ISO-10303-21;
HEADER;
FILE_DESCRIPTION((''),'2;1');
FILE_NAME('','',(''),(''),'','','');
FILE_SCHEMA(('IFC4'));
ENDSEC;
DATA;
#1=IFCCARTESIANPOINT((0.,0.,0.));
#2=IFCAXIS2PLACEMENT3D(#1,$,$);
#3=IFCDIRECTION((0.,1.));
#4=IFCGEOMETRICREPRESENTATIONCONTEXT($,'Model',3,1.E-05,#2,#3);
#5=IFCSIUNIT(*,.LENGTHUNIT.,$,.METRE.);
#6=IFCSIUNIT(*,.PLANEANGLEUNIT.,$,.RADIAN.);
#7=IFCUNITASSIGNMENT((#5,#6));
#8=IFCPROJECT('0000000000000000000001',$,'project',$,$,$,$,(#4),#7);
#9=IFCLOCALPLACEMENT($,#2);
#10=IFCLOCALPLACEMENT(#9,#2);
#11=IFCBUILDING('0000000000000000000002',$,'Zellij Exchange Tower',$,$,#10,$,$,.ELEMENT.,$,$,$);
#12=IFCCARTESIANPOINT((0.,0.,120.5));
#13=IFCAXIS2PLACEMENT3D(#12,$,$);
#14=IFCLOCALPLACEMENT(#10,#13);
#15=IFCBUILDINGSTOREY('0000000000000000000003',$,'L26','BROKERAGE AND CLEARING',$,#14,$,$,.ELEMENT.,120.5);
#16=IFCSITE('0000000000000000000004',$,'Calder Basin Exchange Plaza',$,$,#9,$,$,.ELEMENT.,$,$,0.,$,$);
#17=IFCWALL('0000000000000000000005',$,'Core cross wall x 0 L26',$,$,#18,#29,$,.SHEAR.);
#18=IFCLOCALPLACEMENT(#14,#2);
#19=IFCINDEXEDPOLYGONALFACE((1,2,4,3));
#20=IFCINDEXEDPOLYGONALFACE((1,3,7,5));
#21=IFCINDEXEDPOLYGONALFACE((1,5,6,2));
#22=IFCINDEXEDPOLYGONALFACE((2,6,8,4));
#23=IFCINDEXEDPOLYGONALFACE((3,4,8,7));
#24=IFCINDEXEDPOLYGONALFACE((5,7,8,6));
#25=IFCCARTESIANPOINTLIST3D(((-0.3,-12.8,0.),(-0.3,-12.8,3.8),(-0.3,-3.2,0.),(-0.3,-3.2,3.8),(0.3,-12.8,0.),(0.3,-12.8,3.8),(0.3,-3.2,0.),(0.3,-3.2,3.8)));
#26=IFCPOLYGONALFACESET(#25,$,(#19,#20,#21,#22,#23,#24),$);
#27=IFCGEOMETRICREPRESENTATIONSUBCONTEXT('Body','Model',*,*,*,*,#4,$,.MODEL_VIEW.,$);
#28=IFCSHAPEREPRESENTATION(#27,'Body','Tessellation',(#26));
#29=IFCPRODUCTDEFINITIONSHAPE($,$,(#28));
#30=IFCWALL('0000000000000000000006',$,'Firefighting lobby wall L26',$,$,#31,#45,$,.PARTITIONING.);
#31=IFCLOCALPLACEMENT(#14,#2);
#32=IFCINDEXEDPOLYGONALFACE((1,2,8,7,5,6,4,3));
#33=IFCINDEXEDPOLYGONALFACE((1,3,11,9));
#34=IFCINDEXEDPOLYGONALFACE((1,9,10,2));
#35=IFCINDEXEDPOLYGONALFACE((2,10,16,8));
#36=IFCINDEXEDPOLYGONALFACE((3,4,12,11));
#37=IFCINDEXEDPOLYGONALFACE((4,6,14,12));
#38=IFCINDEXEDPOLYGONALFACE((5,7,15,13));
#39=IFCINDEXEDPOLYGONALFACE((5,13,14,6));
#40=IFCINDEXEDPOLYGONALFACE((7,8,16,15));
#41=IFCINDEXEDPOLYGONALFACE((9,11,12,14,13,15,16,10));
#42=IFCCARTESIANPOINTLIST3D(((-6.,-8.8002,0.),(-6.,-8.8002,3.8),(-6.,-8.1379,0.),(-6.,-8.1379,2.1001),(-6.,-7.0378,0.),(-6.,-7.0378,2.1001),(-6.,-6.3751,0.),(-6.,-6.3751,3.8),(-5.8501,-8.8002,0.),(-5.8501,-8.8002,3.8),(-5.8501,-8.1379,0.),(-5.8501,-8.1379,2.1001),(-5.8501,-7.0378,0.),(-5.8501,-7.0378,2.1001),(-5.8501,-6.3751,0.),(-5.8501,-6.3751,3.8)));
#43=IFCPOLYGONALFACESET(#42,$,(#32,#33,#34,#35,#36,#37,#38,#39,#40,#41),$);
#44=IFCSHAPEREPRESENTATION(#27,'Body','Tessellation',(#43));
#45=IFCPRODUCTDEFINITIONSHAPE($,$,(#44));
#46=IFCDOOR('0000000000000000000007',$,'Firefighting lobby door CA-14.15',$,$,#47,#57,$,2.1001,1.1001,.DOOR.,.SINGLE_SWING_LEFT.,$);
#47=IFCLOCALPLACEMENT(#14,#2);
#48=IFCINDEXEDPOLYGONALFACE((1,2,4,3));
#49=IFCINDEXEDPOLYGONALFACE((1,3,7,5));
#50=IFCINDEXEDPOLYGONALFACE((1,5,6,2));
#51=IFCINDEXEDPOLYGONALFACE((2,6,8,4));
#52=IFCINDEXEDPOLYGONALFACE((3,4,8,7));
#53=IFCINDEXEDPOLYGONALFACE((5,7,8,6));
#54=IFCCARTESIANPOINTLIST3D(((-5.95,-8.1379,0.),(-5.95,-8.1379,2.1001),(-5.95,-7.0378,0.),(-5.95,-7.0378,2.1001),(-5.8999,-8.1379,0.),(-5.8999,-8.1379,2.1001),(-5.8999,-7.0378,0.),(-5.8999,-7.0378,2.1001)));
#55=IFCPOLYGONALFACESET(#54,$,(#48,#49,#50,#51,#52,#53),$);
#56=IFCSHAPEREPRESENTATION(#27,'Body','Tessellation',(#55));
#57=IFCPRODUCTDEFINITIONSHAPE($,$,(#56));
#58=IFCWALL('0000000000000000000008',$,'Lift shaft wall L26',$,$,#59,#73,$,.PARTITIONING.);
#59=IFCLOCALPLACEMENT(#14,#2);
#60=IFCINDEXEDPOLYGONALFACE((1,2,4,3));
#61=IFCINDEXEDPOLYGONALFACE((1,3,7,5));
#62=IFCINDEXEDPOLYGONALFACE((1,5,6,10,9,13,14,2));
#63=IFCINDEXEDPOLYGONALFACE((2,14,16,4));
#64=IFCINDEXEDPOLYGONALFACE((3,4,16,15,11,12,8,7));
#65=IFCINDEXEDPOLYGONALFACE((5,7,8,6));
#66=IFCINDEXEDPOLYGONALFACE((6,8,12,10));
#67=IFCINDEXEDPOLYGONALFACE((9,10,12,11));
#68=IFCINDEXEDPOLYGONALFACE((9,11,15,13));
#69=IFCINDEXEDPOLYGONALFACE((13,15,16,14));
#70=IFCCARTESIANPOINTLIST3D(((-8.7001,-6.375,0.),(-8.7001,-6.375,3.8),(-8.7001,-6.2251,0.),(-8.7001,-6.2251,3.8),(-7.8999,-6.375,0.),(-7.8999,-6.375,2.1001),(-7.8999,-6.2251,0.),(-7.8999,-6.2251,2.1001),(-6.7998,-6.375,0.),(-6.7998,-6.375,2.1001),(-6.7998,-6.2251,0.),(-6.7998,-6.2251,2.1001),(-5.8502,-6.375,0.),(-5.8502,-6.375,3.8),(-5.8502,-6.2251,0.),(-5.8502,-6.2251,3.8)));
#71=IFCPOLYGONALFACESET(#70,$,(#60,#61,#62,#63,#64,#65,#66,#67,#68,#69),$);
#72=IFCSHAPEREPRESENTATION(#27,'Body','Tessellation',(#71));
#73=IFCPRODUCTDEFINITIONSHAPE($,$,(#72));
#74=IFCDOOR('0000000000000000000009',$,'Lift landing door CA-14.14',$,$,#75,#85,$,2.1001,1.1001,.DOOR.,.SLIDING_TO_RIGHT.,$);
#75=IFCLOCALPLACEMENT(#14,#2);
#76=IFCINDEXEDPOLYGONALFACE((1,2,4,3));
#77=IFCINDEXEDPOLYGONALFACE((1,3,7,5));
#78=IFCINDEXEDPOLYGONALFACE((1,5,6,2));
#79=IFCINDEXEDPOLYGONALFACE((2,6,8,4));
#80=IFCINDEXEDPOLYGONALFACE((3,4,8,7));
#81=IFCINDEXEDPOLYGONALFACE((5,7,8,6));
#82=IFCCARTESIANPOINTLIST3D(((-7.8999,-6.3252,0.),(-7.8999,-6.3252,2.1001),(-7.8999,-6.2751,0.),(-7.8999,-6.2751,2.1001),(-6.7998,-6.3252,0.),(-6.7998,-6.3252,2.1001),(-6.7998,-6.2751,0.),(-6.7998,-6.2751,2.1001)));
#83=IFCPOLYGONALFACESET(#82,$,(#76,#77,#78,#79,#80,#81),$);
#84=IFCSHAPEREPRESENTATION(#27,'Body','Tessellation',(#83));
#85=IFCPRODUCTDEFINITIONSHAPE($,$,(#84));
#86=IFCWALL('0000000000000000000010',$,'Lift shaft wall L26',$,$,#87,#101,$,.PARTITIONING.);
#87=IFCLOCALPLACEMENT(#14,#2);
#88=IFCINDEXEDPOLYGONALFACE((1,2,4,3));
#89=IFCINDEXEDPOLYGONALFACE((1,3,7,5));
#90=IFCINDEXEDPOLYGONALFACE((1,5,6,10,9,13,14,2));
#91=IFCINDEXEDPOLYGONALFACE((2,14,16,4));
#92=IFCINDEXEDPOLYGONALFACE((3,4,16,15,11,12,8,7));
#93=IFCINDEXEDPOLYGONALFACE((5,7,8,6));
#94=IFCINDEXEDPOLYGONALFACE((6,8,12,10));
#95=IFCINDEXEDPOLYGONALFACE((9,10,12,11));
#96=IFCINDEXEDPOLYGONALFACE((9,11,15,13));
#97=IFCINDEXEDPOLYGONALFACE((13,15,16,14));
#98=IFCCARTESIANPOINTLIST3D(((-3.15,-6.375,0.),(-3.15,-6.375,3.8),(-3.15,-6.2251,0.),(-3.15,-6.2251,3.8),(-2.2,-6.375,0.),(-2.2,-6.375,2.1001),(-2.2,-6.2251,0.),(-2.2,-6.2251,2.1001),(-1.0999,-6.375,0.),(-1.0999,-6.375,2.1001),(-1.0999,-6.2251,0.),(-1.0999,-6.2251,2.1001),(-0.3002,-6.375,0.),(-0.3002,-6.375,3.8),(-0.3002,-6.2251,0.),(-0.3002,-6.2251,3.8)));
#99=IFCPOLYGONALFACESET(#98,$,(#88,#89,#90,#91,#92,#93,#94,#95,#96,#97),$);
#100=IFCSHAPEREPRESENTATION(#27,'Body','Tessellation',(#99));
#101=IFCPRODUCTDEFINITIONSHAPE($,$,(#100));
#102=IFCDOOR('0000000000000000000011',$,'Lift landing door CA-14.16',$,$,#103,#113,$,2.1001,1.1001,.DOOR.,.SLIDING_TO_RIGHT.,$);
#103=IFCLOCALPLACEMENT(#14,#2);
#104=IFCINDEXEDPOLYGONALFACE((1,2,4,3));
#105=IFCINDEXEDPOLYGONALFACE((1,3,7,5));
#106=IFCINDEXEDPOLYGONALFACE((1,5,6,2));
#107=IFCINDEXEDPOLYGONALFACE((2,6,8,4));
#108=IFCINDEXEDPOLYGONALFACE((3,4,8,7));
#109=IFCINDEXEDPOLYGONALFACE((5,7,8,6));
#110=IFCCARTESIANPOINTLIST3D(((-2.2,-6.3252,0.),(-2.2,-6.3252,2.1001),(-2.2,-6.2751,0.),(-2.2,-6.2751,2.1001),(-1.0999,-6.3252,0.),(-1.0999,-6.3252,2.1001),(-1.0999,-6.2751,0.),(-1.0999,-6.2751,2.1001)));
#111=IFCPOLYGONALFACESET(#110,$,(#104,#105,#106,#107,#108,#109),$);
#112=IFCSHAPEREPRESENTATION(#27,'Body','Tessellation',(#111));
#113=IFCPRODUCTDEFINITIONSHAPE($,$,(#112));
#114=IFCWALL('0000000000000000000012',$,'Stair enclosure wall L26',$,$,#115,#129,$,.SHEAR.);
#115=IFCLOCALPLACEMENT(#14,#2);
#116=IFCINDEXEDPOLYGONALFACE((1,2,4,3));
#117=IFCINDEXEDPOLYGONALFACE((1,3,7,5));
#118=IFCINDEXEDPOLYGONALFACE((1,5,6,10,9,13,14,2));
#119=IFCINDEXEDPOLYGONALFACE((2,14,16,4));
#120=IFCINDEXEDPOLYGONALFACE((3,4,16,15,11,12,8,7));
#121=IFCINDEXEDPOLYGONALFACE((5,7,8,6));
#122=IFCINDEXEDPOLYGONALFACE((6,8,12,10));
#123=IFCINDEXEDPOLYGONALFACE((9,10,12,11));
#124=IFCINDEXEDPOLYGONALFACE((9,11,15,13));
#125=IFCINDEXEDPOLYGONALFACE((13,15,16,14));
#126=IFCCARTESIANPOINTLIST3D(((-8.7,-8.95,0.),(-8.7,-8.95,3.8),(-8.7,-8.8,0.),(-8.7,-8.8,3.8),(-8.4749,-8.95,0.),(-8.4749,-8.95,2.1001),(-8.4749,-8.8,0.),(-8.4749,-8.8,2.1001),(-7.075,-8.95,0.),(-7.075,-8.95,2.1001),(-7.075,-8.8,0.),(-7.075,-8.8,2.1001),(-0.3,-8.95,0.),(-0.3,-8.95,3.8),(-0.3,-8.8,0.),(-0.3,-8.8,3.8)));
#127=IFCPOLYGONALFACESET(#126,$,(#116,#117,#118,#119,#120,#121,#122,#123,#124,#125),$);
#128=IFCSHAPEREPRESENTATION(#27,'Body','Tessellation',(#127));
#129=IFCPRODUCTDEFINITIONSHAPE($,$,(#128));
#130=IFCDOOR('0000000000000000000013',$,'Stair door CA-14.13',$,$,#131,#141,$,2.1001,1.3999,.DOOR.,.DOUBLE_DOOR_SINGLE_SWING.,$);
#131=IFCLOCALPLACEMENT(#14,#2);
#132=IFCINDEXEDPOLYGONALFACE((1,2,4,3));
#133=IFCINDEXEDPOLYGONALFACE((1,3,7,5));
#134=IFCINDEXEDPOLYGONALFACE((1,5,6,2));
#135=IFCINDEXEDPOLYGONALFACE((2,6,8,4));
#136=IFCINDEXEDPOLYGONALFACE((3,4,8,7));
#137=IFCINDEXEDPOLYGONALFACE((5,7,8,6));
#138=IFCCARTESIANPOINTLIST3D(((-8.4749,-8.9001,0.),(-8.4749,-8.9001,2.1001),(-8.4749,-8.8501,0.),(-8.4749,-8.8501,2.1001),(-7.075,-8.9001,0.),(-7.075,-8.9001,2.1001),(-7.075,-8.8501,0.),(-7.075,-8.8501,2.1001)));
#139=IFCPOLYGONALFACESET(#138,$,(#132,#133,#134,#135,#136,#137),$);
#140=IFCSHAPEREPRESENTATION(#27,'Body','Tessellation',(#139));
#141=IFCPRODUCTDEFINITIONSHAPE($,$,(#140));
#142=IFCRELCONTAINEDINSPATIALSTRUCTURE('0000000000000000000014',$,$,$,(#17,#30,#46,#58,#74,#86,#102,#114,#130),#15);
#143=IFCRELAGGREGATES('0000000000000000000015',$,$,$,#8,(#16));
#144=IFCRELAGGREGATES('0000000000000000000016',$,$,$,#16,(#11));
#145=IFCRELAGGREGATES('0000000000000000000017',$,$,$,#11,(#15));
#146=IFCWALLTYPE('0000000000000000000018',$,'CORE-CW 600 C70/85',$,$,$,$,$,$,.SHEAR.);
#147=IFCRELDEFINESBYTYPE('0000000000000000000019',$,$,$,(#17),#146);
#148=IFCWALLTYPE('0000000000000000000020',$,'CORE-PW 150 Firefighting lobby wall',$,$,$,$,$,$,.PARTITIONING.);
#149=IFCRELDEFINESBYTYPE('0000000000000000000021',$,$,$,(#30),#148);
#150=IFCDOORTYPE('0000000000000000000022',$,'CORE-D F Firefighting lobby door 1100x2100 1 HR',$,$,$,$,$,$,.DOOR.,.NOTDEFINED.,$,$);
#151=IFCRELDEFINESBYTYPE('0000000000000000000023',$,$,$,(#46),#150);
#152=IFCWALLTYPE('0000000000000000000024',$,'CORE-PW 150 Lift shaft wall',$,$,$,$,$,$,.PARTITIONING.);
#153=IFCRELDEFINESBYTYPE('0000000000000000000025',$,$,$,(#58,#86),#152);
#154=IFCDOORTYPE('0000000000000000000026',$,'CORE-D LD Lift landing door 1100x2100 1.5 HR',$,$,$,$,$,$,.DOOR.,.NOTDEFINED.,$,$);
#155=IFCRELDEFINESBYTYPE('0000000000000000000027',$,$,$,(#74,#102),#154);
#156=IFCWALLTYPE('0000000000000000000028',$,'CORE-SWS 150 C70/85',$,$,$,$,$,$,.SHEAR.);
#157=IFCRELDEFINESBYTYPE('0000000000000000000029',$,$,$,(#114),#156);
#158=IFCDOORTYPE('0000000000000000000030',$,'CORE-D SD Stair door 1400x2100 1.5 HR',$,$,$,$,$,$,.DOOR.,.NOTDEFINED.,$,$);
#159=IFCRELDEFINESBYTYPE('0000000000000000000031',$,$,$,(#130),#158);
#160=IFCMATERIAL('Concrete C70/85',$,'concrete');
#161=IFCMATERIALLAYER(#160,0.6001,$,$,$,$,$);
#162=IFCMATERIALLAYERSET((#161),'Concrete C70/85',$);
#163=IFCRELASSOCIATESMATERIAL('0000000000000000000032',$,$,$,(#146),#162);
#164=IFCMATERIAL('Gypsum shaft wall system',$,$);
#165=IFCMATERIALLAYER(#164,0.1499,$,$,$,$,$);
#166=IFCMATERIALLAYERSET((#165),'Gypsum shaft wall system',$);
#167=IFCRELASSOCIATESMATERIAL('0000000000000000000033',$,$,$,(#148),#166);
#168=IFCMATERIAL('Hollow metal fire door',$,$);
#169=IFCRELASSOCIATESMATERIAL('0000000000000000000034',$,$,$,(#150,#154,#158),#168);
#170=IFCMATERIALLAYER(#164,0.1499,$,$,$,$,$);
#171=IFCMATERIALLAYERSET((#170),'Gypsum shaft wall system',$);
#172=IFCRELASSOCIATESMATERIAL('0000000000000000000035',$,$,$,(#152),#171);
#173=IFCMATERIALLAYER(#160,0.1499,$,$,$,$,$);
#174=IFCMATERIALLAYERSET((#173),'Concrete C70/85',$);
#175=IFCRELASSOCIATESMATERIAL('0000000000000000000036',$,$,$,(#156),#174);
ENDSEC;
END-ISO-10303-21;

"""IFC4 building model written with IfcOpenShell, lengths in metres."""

from ifc_helpers import new_model, si_unit, direction, frame, frame_2d, origin, place, context, subcontext, project, spatial, rectangle, extrude, material, layer, layer_set, type_object, element, fill, save


model = new_model("IFC4")

# Units and contexts
model_context = context("Model", 3, precision=1e-05, world=origin(), true_north=direction((0.0, 1.0)))
body_context = subcontext(model_context, "Body", "Model", "MODEL_VIEW")
ifc_project = project(units=[si_unit("LENGTHUNIT", "METRE"), si_unit("PLANEANGLEUNIT", "RADIAN")], contexts=[model_context])

# Site, building, storey
site_placement = place(None, origin())
site = spatial("IfcSite", under=ifc_project, at=site_placement, Name="Calder Basin Exchange Plaza", CompositionType="ELEMENT", RefElevation=0.0)
building_placement = place(site_placement, origin())
building = spatial("IfcBuilding", under=site, at=building_placement, Name="Zellij Exchange Tower", CompositionType="ELEMENT")
storey_placement = place(building_placement, frame((0.0, 0.0, 120.5)))
storey = spatial("IfcBuildingStorey", under=building, at=storey_placement, Name="L26", Description="BROKERAGE AND CLEARING", CompositionType="ELEMENT", Elevation=120.5)

# Shared definitions
ifc_material_1 = material(Name="Concrete C70/85", Category="concrete")

# Wall
ifc_layer_1 = layer(ifc_material_1, 0.6001)
ifc_layer_set_1 = layer_set([ifc_layer_1], Name="Concrete C70/85")
wall_type_1 = type_object("IfcWallType", Name="CORE-CW 600 C70/85", PredefinedType="SHEAR", material=ifc_layer_set_1)
wall_1_placement = place(storey_placement, frame((0.0, -12.8, 0.0), z_axis=(0.0, 0.0, 1.0), x_axis=(0.0, 1.0, 0.0)))
element("IfcWall", 1, at=wall_1_placement, inside=storey, type_object=wall_type_1, Name="Core cross wall x 0 L26", PredefinedType="SHEAR", context=body_context, shape_type="SweptSolid", body=[
    extrude(rectangle(XDim=9.6001, YDim=0.6001, at=frame_2d((4.8, 0.0))), origin(), (0.0, 0.0, 1.0), 3.8),
])

# Walls, openings, doors
ifc_material_2 = material(Name="Gypsum shaft wall system")
ifc_layer_2 = layer(ifc_material_2, 0.1499)
ifc_layer_set_2 = layer_set([ifc_layer_2], Name="Gypsum shaft wall system")
wall_type_2 = type_object("IfcWallType", Name="CORE-PW 150 Firefighting lobby wall", PredefinedType="PARTITIONING", material=ifc_layer_set_2)
wall_2_placement = place(storey_placement, frame((-5.925, -8.8, 0.0), z_axis=(0.0, 0.0, 1.0), x_axis=(0.0, 1.0, 0.0)))
wall_2 = element("IfcWall", 2, at=wall_2_placement, inside=storey, type_object=wall_type_2, Name="Firefighting lobby wall L26", PredefinedType="PARTITIONING", context=body_context, shape_type="SweptSolid", body=[
    extrude(rectangle(XDim=2.425, YDim=0.1499, at=frame_2d((1.2124, 0.0))), origin(), (0.0, 0.0, 1.0), 3.8),
])
opening_1_placement = place(wall_2_placement, frame((0.6621, 0.0, 0.0)))
opening_1 = element("IfcOpeningElement", 3, at=opening_1_placement, cuts=wall_2, PredefinedType="OPENING", context=body_context, shape_type="SweptSolid", body=[
    extrude(rectangle(XDim=1.1001, YDim=2.1001, at=frame_2d((0.55, 1.05))), frame((0.0, 0.0869, 0.0), z_axis=(0.0, -1.0, 0.0), x_axis=(1.0, 0.0, 0.0)), (0.0, 0.0, 1.0), 0.1738),
])
ifc_material_3 = material(Name="Hollow metal fire door")
door_type_1 = type_object("IfcDoorType", Name="CORE-D F Firefighting lobby door 1100x2100 1 HR", OperationType="NOTDEFINED", PredefinedType="DOOR", material=ifc_material_3)
door_1_placement = place(opening_1_placement, origin())
door_1 = element("IfcDoor", 4, at=door_1_placement, inside=storey, type_object=door_type_1, Name="Firefighting lobby door CA-14.15", OperationType="SINGLE_SWING_LEFT", OverallHeight=2.1001, OverallWidth=1.1001, PredefinedType="DOOR", context=body_context, shape_type="SweptSolid", body=[
    extrude(rectangle(XDim=1.1001, YDim=2.1001, at=frame_2d((0.55, 1.05))), frame((0.0, 0.0249, 0.0), z_axis=(0.0, -1.0, 0.0), x_axis=(1.0, 0.0, 0.0)), (0.0, 0.0, 1.0), 0.05),
])
fill(opening_1, door_1)
ifc_layer_3 = layer(ifc_material_2, 0.1499)
ifc_layer_set_3 = layer_set([ifc_layer_3], Name="Gypsum shaft wall system")
wall_type_3 = type_object("IfcWallType", Name="CORE-PW 150 Lift shaft wall", PredefinedType="PARTITIONING", material=ifc_layer_set_3)
wall_3_placement = place(storey_placement, frame((-8.7, -6.3, 0.0), z_axis=(0.0, 0.0, 1.0), x_axis=(1.0, 0.0, 0.0)))
wall_3 = element("IfcWall", 5, at=wall_3_placement, inside=storey, type_object=wall_type_3, Name="Lift shaft wall L26", PredefinedType="PARTITIONING", context=body_context, shape_type="SweptSolid", body=[
    extrude(rectangle(XDim=2.8499, YDim=0.1499, at=frame_2d((1.4248, 0.0))), origin(), (0.0, 0.0, 1.0), 3.8),
])
opening_2_placement = place(wall_3_placement, frame((0.8, 0.0, 0.0)))
opening_2 = element("IfcOpeningElement", 6, at=opening_2_placement, cuts=wall_3, PredefinedType="OPENING", context=body_context, shape_type="SweptSolid", body=[
    extrude(rectangle(XDim=1.1001, YDim=2.1001, at=frame_2d((0.55, 1.05))), frame((0.0, 0.0869, 0.0), z_axis=(0.0, -1.0, 0.0), x_axis=(1.0, 0.0, 0.0)), (0.0, 0.0, 1.0), 0.1738),
])
door_type_2 = type_object("IfcDoorType", Name="CORE-D LD Lift landing door 1100x2100 1.5 HR", OperationType="NOTDEFINED", PredefinedType="DOOR", material=ifc_material_3)
door_2_placement = place(opening_2_placement, origin())
door_2 = element("IfcDoor", 7, at=door_2_placement, inside=storey, type_object=door_type_2, Name="Lift landing door CA-14.14", OperationType="SLIDING_TO_RIGHT", OverallHeight=2.1001, OverallWidth=1.1001, PredefinedType="DOOR", context=body_context, shape_type="SweptSolid", body=[
    extrude(rectangle(XDim=1.1001, YDim=2.1001, at=frame_2d((0.55, 1.05))), frame((0.0, 0.0249, 0.0), z_axis=(0.0, -1.0, 0.0), x_axis=(1.0, 0.0, 0.0)), (0.0, 0.0, 1.0), 0.05),
])
fill(opening_2, door_2)
wall_4_placement = place(storey_placement, frame((-3.1499, -6.3, 0.0), z_axis=(0.0, 0.0, 1.0), x_axis=(1.0, 0.0, 0.0)))
wall_4 = element("IfcWall", 8, at=wall_4_placement, inside=storey, type_object=wall_type_3, Name="Lift shaft wall L26", PredefinedType="PARTITIONING", context=body_context, shape_type="SweptSolid", body=[
    extrude(rectangle(XDim=2.8499, YDim=0.1499, at=frame_2d((1.4248, 0.0))), origin(), (0.0, 0.0, 1.0), 3.8),
])
opening_3_placement = place(wall_4_placement, frame((0.95, 0.0, 0.0)))
opening_3 = element("IfcOpeningElement", 9, at=opening_3_placement, cuts=wall_4, PredefinedType="OPENING", context=body_context, shape_type="SweptSolid", body=[
    extrude(rectangle(XDim=1.1001, YDim=2.1001, at=frame_2d((0.55, 1.05))), frame((0.0, 0.0869, 0.0), z_axis=(0.0, -1.0, 0.0), x_axis=(1.0, 0.0, 0.0)), (0.0, 0.0, 1.0), 0.1738),
])
door_3_placement = place(opening_3_placement, origin())
door_3 = element("IfcDoor", 10, at=door_3_placement, inside=storey, type_object=door_type_2, Name="Lift landing door CA-14.16", OperationType="SLIDING_TO_RIGHT", OverallHeight=2.1001, OverallWidth=1.1001, PredefinedType="DOOR", context=body_context, shape_type="SweptSolid", body=[
    extrude(rectangle(XDim=1.1001, YDim=2.1001, at=frame_2d((0.55, 1.05))), frame((0.0, 0.0249, 0.0), z_axis=(0.0, -1.0, 0.0), x_axis=(1.0, 0.0, 0.0)), (0.0, 0.0, 1.0), 0.05),
])
fill(opening_3, door_3)
ifc_layer_4 = layer(ifc_material_1, 0.1499)
ifc_layer_set_4 = layer_set([ifc_layer_4], Name="Concrete C70/85")
wall_type_4 = type_object("IfcWallType", Name="CORE-SWS 150 C70/85", PredefinedType="SHEAR", material=ifc_layer_set_4)
wall_5_placement = place(storey_placement, frame((-8.7, -8.875, 0.0), z_axis=(0.0, 0.0, 1.0), x_axis=(1.0, 0.0, 0.0)))
wall_5 = element("IfcWall", 11, at=wall_5_placement, inside=storey, type_object=wall_type_4, Name="Stair enclosure wall L26", PredefinedType="SHEAR", context=body_context, shape_type="SweptSolid", body=[
    extrude(rectangle(XDim=8.3999, YDim=0.1499, at=frame_2d((4.2, 0.0))), origin(), (0.0, 0.0, 1.0), 3.8),
])
opening_4_placement = place(wall_5_placement, frame((0.2251, 0.0, 0.0)))
opening_4 = element("IfcOpeningElement", 12, at=opening_4_placement, cuts=wall_5, PredefinedType="OPENING", context=body_context, shape_type="SweptSolid", body=[
    extrude(rectangle(XDim=1.3999, YDim=2.1001, at=frame_2d((0.7, 1.05))), frame((0.0, 0.0869, 0.0), z_axis=(0.0, -1.0, 0.0), x_axis=(1.0, 0.0, 0.0)), (0.0, 0.0, 1.0), 0.1738),
])
door_type_3 = type_object("IfcDoorType", Name="CORE-D SD Stair door 1400x2100 1.5 HR", OperationType="NOTDEFINED", PredefinedType="DOOR", material=ifc_material_3)
door_4_placement = place(opening_4_placement, origin())
door_4 = element("IfcDoor", 13, at=door_4_placement, inside=storey, type_object=door_type_3, Name="Stair door CA-14.13", OperationType="DOUBLE_DOOR_SINGLE_SWING", OverallHeight=2.1001, OverallWidth=1.3999, PredefinedType="DOOR", context=body_context, shape_type="SweptSolid", body=[
    extrude(rectangle(XDim=1.3999, YDim=2.1001, at=frame_2d((0.7, 1.05))), frame((0.0, 0.0249, 0.0), z_axis=(0.0, -1.0, 0.0), x_axis=(1.0, 0.0, 0.0)), (0.0, 0.0, 1.0), 0.05),
])
fill(opening_4, door_4)

save(model, "model.ifc")
